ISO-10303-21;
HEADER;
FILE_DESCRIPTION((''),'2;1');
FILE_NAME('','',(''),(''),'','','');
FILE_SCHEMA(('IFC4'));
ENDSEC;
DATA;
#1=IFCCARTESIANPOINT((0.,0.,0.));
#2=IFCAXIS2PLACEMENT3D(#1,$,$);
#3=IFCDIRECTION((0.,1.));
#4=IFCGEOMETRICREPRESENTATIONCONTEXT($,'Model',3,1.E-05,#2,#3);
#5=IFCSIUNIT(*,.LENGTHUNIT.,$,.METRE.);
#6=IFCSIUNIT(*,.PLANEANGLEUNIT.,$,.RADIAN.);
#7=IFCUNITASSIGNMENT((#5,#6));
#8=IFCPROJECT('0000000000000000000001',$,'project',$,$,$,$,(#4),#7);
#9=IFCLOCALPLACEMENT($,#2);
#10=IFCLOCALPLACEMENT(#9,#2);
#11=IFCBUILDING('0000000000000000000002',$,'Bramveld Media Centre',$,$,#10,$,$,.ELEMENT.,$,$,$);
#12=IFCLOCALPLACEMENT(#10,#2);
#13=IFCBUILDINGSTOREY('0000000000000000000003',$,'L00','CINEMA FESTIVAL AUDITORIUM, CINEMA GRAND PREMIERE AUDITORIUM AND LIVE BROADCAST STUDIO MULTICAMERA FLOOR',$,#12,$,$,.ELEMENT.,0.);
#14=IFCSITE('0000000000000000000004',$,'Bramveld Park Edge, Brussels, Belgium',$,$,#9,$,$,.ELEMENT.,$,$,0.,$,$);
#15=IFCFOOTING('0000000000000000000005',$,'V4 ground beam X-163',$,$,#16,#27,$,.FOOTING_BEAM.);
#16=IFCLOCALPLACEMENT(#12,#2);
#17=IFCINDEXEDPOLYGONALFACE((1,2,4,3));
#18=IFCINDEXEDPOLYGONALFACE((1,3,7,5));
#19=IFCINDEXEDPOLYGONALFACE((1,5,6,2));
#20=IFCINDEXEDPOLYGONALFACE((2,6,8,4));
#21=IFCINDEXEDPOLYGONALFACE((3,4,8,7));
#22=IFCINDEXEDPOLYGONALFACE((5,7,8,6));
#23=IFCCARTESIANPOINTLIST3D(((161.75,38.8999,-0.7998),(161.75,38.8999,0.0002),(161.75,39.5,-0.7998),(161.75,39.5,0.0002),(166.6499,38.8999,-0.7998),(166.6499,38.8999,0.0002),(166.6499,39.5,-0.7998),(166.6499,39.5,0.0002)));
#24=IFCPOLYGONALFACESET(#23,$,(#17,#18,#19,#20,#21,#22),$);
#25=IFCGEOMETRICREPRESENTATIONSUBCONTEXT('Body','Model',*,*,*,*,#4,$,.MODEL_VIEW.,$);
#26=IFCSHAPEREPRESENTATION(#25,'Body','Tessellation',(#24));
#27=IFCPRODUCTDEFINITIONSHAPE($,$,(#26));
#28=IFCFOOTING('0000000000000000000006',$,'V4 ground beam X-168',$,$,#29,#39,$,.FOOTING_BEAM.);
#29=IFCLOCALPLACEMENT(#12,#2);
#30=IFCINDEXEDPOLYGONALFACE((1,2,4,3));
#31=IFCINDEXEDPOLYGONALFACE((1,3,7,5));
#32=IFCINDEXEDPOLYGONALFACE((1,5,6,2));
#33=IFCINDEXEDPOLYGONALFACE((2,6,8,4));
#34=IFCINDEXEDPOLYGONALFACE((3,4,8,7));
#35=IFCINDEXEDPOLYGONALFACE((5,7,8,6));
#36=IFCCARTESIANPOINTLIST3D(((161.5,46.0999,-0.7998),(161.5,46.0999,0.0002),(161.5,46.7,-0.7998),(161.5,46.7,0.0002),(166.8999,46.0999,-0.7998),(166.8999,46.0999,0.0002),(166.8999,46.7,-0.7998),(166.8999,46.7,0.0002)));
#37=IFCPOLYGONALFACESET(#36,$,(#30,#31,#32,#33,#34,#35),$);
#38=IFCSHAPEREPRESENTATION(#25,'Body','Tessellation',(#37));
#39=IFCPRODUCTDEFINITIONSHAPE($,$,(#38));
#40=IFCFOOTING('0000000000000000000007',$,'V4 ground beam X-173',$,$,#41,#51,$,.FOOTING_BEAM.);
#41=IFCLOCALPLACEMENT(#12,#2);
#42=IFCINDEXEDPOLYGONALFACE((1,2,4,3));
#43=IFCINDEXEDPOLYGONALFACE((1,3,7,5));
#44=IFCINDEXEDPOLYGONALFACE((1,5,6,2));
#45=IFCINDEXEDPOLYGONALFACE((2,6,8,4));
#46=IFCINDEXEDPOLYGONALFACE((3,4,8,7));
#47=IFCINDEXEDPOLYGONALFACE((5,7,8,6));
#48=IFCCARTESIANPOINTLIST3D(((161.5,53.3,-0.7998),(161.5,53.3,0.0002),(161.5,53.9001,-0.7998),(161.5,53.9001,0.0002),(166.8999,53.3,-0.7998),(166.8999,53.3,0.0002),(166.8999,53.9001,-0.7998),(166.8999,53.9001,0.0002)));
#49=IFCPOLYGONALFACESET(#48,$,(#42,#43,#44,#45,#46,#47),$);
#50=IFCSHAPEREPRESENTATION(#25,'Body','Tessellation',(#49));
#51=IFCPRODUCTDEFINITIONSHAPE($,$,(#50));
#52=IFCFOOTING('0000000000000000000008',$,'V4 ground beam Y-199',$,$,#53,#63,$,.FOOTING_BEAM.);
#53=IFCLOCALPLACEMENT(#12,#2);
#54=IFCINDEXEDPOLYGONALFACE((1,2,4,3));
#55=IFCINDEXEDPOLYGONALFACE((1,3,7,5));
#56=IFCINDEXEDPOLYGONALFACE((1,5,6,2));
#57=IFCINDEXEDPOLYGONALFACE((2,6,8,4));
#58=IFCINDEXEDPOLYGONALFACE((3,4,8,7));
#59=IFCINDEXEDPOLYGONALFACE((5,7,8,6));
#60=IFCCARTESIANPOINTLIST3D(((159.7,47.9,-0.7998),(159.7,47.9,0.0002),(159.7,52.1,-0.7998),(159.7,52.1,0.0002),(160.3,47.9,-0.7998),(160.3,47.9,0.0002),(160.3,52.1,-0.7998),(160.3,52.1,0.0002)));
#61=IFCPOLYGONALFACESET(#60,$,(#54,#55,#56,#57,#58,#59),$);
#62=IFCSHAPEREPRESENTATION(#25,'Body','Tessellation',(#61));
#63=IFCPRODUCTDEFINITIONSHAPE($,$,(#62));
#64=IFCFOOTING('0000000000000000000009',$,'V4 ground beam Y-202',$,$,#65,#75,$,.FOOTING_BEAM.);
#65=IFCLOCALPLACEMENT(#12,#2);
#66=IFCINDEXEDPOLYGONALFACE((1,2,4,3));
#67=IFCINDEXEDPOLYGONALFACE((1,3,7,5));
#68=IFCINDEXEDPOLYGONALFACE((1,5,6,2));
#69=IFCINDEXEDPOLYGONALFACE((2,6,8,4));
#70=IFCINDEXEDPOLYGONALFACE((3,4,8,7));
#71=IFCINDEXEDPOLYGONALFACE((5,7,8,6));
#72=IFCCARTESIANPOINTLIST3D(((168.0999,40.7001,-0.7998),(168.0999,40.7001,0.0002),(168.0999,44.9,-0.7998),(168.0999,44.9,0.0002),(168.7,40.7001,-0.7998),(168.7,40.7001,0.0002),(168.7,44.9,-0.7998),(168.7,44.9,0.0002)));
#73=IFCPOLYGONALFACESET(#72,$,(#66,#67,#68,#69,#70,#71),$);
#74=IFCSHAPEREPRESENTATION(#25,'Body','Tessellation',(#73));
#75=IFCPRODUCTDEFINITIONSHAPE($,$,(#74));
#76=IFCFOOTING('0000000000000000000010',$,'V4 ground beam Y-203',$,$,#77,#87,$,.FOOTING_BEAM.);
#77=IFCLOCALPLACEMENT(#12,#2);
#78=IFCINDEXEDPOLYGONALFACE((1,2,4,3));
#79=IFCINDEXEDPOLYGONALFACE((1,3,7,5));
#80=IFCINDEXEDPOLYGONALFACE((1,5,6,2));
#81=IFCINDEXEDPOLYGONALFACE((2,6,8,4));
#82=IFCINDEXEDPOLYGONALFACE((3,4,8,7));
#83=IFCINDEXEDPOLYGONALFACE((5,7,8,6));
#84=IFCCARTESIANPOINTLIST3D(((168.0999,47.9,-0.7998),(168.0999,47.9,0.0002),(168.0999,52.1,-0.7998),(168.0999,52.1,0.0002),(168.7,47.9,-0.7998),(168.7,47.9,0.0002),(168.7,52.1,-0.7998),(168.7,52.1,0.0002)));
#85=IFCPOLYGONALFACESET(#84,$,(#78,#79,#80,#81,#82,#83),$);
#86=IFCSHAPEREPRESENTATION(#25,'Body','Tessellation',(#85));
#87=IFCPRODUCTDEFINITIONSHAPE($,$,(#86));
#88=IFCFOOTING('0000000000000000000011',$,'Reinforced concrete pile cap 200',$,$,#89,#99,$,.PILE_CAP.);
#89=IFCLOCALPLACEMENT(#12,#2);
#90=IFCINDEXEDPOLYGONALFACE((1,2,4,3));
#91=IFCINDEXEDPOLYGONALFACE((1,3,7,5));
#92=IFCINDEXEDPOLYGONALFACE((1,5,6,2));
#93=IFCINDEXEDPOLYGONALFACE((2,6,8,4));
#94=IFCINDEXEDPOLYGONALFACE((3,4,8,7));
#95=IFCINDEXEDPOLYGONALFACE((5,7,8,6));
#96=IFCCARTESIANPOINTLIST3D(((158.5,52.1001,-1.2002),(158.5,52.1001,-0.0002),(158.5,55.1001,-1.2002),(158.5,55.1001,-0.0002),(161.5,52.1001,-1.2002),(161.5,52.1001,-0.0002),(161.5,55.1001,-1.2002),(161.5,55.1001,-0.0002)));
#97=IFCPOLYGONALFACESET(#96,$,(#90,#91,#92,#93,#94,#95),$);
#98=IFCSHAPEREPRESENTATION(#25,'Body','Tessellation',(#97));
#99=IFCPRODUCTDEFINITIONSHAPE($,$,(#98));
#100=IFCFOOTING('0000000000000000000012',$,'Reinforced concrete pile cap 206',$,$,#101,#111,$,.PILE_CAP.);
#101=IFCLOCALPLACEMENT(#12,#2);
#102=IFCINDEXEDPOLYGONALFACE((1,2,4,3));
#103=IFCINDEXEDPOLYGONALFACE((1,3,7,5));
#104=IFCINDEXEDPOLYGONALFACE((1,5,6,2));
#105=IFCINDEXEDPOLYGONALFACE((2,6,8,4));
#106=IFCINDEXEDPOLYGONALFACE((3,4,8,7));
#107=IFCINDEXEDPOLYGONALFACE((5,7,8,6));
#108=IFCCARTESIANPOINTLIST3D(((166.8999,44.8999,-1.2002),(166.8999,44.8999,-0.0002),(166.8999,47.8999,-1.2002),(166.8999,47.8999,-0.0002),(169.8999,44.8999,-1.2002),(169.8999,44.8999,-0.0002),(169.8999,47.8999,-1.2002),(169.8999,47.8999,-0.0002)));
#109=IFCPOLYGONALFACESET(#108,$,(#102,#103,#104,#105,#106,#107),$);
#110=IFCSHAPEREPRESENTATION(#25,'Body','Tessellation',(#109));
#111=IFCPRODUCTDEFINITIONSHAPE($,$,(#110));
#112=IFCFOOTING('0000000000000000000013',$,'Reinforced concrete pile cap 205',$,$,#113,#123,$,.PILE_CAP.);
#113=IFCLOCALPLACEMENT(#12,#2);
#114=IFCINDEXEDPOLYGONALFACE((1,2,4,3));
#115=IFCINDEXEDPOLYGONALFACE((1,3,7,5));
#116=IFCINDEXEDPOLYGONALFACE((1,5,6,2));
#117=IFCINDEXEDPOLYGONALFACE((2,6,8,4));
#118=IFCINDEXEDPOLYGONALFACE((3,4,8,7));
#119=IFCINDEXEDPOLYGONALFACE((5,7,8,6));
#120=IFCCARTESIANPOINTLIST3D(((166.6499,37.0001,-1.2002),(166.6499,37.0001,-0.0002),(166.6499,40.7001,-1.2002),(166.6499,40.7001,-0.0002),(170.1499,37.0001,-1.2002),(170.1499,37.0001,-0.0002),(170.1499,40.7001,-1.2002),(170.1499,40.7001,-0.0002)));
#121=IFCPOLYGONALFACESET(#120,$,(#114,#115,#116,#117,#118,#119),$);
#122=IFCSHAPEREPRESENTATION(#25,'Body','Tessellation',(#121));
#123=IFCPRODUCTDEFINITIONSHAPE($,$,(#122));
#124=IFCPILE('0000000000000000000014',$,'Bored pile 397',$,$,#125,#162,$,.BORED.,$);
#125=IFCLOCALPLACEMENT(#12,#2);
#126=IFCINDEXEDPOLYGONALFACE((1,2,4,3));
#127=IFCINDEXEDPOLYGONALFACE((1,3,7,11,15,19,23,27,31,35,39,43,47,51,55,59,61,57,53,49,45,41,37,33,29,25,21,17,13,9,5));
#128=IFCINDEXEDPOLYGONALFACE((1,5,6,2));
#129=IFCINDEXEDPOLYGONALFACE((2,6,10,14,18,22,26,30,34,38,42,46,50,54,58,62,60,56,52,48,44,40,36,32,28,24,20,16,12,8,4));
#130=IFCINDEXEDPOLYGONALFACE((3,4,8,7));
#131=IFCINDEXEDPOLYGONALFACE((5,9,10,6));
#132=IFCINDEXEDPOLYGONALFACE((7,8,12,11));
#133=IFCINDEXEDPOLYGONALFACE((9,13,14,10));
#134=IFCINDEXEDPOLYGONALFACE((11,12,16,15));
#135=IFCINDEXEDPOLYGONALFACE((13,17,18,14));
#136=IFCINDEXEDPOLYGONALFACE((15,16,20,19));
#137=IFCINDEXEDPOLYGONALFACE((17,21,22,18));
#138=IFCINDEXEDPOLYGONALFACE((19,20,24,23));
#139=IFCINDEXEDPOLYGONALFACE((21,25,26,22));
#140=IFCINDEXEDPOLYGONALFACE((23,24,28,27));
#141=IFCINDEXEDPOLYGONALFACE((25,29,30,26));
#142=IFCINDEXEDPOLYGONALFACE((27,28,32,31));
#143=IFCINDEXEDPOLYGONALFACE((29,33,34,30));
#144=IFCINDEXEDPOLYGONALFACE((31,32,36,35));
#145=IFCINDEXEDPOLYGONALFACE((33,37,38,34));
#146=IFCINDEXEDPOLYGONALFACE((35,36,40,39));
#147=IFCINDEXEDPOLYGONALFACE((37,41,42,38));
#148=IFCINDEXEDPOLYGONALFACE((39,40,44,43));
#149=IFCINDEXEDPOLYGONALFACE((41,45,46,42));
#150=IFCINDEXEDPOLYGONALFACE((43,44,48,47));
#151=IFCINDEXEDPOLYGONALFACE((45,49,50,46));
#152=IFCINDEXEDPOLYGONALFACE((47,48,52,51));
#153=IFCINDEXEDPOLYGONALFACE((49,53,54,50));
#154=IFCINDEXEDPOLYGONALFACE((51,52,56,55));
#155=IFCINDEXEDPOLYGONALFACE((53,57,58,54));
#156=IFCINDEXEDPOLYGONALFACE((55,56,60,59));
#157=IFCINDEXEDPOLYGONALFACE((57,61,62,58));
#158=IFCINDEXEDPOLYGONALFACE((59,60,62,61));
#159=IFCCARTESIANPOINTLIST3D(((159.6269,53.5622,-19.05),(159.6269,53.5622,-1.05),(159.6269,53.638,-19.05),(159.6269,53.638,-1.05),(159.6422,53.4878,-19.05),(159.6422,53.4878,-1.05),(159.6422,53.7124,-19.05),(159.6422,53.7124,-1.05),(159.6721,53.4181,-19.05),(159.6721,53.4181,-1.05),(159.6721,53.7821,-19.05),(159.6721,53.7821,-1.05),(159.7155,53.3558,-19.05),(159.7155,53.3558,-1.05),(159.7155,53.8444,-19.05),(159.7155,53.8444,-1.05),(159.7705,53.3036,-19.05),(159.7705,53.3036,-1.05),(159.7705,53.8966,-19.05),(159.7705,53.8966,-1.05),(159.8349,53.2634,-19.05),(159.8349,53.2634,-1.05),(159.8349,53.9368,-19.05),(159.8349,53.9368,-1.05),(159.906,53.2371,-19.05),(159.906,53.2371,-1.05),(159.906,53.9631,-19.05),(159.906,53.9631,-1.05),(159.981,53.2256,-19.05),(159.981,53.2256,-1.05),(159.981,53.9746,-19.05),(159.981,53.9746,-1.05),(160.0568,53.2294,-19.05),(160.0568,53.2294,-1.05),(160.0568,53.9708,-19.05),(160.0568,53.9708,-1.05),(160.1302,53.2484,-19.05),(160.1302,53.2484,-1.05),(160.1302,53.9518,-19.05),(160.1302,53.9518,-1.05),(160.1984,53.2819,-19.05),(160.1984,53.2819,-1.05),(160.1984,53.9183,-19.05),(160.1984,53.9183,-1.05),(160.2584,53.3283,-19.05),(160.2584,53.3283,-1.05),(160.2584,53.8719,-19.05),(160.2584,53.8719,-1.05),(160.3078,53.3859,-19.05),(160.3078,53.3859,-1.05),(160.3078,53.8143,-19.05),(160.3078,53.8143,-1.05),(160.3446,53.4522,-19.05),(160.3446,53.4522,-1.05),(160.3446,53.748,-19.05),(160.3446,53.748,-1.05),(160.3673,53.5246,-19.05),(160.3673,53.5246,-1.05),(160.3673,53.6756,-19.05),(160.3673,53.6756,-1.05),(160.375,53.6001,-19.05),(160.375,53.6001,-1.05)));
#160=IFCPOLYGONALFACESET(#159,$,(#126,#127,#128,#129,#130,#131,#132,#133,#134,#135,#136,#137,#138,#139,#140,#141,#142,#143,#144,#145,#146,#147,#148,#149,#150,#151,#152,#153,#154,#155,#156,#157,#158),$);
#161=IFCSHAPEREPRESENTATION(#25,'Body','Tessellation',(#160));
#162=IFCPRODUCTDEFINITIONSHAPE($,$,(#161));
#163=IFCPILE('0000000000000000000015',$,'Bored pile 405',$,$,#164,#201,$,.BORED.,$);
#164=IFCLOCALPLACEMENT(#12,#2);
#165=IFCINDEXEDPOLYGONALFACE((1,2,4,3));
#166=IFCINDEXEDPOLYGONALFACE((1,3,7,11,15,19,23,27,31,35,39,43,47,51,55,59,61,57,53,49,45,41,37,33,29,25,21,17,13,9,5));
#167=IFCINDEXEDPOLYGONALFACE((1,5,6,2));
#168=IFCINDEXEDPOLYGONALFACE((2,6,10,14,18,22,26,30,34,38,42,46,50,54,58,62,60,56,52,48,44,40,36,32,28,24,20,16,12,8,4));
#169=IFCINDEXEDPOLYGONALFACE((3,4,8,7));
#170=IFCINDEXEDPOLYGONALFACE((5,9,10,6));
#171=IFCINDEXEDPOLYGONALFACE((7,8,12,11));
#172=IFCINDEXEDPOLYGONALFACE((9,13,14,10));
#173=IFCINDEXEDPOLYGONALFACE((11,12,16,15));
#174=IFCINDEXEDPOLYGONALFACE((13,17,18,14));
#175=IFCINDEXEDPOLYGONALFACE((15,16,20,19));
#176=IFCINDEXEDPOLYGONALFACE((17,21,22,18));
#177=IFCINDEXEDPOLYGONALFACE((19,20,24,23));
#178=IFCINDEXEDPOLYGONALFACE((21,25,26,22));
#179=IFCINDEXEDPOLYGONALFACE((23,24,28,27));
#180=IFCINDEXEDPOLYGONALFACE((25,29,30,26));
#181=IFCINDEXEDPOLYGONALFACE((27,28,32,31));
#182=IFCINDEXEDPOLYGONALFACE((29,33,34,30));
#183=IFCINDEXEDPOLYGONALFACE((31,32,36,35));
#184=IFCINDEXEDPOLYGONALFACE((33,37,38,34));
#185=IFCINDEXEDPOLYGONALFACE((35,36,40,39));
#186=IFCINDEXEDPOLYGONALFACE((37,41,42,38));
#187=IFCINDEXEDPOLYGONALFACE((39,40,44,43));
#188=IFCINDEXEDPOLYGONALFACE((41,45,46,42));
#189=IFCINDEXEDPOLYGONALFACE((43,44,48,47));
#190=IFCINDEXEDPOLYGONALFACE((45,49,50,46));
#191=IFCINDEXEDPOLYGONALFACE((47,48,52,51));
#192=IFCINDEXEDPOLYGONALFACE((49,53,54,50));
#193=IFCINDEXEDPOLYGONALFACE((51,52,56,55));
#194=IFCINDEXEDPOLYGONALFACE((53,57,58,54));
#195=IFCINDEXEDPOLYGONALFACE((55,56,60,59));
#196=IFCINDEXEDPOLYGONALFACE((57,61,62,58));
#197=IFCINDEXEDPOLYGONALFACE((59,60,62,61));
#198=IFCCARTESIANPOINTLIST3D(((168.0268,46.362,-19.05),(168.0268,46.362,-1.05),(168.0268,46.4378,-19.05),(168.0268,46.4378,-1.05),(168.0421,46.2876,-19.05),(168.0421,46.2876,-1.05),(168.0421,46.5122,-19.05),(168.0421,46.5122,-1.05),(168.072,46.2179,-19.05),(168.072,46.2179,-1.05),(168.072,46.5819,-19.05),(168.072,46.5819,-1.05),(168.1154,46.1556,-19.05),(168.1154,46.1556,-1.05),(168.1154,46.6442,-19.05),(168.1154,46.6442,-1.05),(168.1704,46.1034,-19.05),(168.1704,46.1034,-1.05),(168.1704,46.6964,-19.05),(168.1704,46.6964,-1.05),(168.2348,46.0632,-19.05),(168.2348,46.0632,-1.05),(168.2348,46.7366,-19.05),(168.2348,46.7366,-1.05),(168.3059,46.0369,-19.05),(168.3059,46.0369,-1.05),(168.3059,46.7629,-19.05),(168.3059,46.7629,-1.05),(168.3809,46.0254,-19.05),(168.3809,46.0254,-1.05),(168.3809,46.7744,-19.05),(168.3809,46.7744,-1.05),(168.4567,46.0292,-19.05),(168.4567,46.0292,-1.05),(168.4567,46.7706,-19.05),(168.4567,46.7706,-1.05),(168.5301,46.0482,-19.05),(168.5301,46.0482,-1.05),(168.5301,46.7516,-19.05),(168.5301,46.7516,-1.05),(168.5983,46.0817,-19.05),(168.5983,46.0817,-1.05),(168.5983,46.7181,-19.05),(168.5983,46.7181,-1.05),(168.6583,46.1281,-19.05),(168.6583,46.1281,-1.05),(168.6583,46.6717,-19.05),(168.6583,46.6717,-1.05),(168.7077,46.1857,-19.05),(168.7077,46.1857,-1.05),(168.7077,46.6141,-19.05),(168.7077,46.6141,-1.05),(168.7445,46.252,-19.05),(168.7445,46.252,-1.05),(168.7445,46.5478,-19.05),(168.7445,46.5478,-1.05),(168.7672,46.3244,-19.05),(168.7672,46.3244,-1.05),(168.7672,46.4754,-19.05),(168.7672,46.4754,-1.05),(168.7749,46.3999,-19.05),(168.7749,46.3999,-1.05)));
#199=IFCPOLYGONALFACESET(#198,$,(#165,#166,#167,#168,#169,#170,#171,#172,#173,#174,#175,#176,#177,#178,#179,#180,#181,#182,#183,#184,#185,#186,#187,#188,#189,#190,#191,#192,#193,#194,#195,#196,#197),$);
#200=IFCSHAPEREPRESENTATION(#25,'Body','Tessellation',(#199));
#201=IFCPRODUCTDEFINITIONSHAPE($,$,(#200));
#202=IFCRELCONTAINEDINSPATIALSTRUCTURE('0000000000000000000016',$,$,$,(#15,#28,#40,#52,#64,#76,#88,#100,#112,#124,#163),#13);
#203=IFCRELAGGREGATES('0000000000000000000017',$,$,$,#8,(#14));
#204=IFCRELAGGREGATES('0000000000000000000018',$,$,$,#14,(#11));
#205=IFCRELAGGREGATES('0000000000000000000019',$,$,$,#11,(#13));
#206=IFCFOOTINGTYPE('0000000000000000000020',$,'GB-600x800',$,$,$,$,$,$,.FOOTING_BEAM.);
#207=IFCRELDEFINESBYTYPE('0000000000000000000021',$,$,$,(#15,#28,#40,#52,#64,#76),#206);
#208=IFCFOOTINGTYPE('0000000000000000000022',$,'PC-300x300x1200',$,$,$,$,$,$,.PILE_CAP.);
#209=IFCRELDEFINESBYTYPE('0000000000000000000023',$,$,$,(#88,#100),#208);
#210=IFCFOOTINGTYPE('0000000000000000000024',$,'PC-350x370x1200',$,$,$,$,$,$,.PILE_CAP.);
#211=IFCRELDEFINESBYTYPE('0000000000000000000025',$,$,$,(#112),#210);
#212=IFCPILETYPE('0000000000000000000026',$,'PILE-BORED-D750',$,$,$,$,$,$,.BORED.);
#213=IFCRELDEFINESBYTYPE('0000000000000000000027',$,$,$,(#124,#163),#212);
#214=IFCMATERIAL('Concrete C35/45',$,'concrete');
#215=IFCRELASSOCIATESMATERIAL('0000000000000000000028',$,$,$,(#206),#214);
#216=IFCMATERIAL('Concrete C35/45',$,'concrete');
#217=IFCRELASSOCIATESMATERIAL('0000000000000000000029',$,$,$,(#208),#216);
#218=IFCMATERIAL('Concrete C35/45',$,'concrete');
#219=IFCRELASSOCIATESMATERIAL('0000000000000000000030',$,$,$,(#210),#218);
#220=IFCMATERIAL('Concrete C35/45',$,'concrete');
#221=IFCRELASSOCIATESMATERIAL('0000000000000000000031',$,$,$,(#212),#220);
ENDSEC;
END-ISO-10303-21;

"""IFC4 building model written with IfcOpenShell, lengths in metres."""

from ifc_helpers import new_model, si_unit, direction, frame, origin, origin_2d, place, context, subcontext, project, spatial, rectangle, circle, extrude, material, material_profile, profile_set, type_object, element, save


model = new_model("IFC4")

# Units and contexts
model_context = context("Model", 3, precision=1e-05, world=origin(), true_north=direction((0.0, 1.0)))
body_context = subcontext(model_context, "Body", "Model", "MODEL_VIEW")
ifc_project = project(units=[si_unit("LENGTHUNIT", "METRE"), si_unit("PLANEANGLEUNIT", "RADIAN")], contexts=[model_context])

# Site, building, storey
site_placement = place(None, origin())
site = spatial("IfcSite", under=ifc_project, at=site_placement, Name="Bramveld Park Edge, Brussels, Belgium", CompositionType="ELEMENT", RefElevation=0.0)
building_placement = place(site_placement, origin())
building = spatial("IfcBuilding", under=site, at=building_placement, Name="Bramveld Media Centre", CompositionType="ELEMENT")
storey_placement = place(building_placement, origin())
storey = spatial("IfcBuildingStorey", under=building, at=storey_placement, Name="L00", Description="CINEMA FESTIVAL AUDITORIUM, CINEMA GRAND PREMIERE AUDITORIUM AND LIVE BROADCAST STUDIO MULTICAMERA FLOOR", CompositionType="ELEMENT", Elevation=0.0)

# Footings
ifc_material_1 = material(Name="Concrete C35/45", Category="concrete")
footing_type_1 = type_object("IfcFootingType", Name="GB-600x800", PredefinedType="FOOTING_BEAM", material=ifc_material_1)
footing_1_placement = place(storey_placement, frame((164.2, 39.2, -0.7998), z_axis=(0.0, 0.0, 1.0), x_axis=(1.0, 0.0, 0.0)))
element("IfcFooting", 1, at=footing_1_placement, inside=storey, type_object=footing_type_1, Name="V4 ground beam X-163", PredefinedType="FOOTING_BEAM", context=body_context, shape_type="SweptSolid", body=[
    extrude(rectangle(XDim=4.8999, YDim=0.6001, at=origin_2d()), origin(), (0.0, 0.0, 1.0), 0.8),
])
for number, where, z_axis, x_axis, name in (
    (2, (164.2, 46.3999, -0.7998), (0.0, 0.0, 1.0), (1.0, 0.0, 0.0), "V4 ground beam X-168"),
    (3, (164.2, 53.6001, -0.7998), (0.0, 0.0, 1.0), (1.0, 0.0, 0.0), "V4 ground beam X-173"),
):
    element("IfcFooting", number, at=place(storey_placement, frame(where, z_axis=z_axis, x_axis=x_axis)), inside=storey, type_object=footing_type_1, Name=name, PredefinedType="FOOTING_BEAM", context=body_context, shape_type="SweptSolid", body=[
        extrude(rectangle(XDim=5.3999, YDim=0.6001, at=origin_2d()), origin(), (0.0, 0.0, 1.0), 0.8),
    ])
for number, where, z_axis, x_axis, name in (
    (4, (160.0, 50.0, -0.7998), (0.0, 0.0, 1.0), (1.0, 0.0, 0.0), "V4 ground beam Y-199"),
    (5, (168.3999, 42.8, -0.7998), (0.0, 0.0, 1.0), (1.0, 0.0, 0.0), "V4 ground beam Y-202"),
    (6, (168.3999, 50.0, -0.7998), (0.0, 0.0, 1.0), (1.0, 0.0, 0.0), "V4 ground beam Y-203"),
):
    element("IfcFooting", number, at=place(storey_placement, frame(where, z_axis=z_axis, x_axis=x_axis)), inside=storey, type_object=footing_type_1, Name=name, PredefinedType="FOOTING_BEAM", context=body_context, shape_type="SweptSolid", body=[
        extrude(rectangle(XDim=0.6001, YDim=4.2, at=origin_2d()), origin(), (0.0, 0.0, 1.0), 0.8),
    ])
ifc_material_2 = material(Name="Concrete C35/45", Category="concrete")
footing_type_2 = type_object("IfcFootingType", Name="PC-300x300x1200", PredefinedType="PILE_CAP", material=ifc_material_2)
for number, where, z_axis, x_axis, name in (
    (7, (160.0, 53.6001, -1.2002), (0.0, 0.0, 1.0), (1.0, 0.0, 0.0), "Reinforced concrete pile cap 200"),
    (8, (168.3999, 46.3999, -1.2002), (0.0, 0.0, 1.0), (1.0, 0.0, 0.0), "Reinforced concrete pile cap 206"),
):
    element("IfcFooting", number, at=place(storey_placement, frame(where, z_axis=z_axis, x_axis=x_axis)), inside=storey, type_object=footing_type_2, Name=name, PredefinedType="PILE_CAP", context=body_context, shape_type="SweptSolid", body=[
        extrude(rectangle(XDim=3.0, YDim=3.0, at=origin_2d()), origin(), (0.0, 0.0, 1.0), 1.2),
    ])
ifc_material_3 = material(Name="Concrete C35/45", Category="concrete")
footing_type_3 = type_object("IfcFootingType", Name="PC-350x370x1200", PredefinedType="PILE_CAP", material=ifc_material_3)
footing_2_placement = place(storey_placement, frame((168.3999, 38.8501, -1.2002), z_axis=(0.0, 0.0, 1.0), x_axis=(1.0, 0.0, 0.0)))
element("IfcFooting", 9, at=footing_2_placement, inside=storey, type_object=footing_type_3, Name="Reinforced concrete pile cap 205", PredefinedType="PILE_CAP", context=body_context, shape_type="SweptSolid", body=[
    extrude(rectangle(XDim=3.5, YDim=3.7, at=origin_2d()), origin(), (0.0, 0.0, 1.0), 1.2),
])

# Piles
ifc_material_4 = material(Name="Concrete C35/45", Category="concrete")
ifc_material_profile_1 = material_profile(ifc_material_4, circle(Radius=0.375, at=origin_2d()), Name="BORED D750")
ifc_profile_set_1 = profile_set([ifc_material_profile_1], Name="Concrete C35/45")
pile_type_1 = type_object("IfcPileType", Name="PILE-BORED-D750", PredefinedType="BORED", material=ifc_profile_set_1)
for number, where, z_axis, x_axis, name in (
    (10, (160.0, 53.6001, -1.05), (0.0, 0.0, -1.0), (1.0, 0.0, 0.0), "Bored pile 397"),
    (11, (168.3999, 46.3999, -1.05), (0.0, 0.0, -1.0), (1.0, 0.0, 0.0), "Bored pile 405"),
):
    element("IfcPile", number, at=place(storey_placement, frame(where, z_axis=z_axis, x_axis=x_axis)), inside=storey, type_object=pile_type_1, Name=name, PredefinedType="BORED", context=body_context, shape_type="SweptSolid", body=[
        extrude(circle(Radius=0.375, at=origin_2d()), origin(), (0.0, 0.0, 1.0), 18.0),
    ])

save(model, "model.ifc")
